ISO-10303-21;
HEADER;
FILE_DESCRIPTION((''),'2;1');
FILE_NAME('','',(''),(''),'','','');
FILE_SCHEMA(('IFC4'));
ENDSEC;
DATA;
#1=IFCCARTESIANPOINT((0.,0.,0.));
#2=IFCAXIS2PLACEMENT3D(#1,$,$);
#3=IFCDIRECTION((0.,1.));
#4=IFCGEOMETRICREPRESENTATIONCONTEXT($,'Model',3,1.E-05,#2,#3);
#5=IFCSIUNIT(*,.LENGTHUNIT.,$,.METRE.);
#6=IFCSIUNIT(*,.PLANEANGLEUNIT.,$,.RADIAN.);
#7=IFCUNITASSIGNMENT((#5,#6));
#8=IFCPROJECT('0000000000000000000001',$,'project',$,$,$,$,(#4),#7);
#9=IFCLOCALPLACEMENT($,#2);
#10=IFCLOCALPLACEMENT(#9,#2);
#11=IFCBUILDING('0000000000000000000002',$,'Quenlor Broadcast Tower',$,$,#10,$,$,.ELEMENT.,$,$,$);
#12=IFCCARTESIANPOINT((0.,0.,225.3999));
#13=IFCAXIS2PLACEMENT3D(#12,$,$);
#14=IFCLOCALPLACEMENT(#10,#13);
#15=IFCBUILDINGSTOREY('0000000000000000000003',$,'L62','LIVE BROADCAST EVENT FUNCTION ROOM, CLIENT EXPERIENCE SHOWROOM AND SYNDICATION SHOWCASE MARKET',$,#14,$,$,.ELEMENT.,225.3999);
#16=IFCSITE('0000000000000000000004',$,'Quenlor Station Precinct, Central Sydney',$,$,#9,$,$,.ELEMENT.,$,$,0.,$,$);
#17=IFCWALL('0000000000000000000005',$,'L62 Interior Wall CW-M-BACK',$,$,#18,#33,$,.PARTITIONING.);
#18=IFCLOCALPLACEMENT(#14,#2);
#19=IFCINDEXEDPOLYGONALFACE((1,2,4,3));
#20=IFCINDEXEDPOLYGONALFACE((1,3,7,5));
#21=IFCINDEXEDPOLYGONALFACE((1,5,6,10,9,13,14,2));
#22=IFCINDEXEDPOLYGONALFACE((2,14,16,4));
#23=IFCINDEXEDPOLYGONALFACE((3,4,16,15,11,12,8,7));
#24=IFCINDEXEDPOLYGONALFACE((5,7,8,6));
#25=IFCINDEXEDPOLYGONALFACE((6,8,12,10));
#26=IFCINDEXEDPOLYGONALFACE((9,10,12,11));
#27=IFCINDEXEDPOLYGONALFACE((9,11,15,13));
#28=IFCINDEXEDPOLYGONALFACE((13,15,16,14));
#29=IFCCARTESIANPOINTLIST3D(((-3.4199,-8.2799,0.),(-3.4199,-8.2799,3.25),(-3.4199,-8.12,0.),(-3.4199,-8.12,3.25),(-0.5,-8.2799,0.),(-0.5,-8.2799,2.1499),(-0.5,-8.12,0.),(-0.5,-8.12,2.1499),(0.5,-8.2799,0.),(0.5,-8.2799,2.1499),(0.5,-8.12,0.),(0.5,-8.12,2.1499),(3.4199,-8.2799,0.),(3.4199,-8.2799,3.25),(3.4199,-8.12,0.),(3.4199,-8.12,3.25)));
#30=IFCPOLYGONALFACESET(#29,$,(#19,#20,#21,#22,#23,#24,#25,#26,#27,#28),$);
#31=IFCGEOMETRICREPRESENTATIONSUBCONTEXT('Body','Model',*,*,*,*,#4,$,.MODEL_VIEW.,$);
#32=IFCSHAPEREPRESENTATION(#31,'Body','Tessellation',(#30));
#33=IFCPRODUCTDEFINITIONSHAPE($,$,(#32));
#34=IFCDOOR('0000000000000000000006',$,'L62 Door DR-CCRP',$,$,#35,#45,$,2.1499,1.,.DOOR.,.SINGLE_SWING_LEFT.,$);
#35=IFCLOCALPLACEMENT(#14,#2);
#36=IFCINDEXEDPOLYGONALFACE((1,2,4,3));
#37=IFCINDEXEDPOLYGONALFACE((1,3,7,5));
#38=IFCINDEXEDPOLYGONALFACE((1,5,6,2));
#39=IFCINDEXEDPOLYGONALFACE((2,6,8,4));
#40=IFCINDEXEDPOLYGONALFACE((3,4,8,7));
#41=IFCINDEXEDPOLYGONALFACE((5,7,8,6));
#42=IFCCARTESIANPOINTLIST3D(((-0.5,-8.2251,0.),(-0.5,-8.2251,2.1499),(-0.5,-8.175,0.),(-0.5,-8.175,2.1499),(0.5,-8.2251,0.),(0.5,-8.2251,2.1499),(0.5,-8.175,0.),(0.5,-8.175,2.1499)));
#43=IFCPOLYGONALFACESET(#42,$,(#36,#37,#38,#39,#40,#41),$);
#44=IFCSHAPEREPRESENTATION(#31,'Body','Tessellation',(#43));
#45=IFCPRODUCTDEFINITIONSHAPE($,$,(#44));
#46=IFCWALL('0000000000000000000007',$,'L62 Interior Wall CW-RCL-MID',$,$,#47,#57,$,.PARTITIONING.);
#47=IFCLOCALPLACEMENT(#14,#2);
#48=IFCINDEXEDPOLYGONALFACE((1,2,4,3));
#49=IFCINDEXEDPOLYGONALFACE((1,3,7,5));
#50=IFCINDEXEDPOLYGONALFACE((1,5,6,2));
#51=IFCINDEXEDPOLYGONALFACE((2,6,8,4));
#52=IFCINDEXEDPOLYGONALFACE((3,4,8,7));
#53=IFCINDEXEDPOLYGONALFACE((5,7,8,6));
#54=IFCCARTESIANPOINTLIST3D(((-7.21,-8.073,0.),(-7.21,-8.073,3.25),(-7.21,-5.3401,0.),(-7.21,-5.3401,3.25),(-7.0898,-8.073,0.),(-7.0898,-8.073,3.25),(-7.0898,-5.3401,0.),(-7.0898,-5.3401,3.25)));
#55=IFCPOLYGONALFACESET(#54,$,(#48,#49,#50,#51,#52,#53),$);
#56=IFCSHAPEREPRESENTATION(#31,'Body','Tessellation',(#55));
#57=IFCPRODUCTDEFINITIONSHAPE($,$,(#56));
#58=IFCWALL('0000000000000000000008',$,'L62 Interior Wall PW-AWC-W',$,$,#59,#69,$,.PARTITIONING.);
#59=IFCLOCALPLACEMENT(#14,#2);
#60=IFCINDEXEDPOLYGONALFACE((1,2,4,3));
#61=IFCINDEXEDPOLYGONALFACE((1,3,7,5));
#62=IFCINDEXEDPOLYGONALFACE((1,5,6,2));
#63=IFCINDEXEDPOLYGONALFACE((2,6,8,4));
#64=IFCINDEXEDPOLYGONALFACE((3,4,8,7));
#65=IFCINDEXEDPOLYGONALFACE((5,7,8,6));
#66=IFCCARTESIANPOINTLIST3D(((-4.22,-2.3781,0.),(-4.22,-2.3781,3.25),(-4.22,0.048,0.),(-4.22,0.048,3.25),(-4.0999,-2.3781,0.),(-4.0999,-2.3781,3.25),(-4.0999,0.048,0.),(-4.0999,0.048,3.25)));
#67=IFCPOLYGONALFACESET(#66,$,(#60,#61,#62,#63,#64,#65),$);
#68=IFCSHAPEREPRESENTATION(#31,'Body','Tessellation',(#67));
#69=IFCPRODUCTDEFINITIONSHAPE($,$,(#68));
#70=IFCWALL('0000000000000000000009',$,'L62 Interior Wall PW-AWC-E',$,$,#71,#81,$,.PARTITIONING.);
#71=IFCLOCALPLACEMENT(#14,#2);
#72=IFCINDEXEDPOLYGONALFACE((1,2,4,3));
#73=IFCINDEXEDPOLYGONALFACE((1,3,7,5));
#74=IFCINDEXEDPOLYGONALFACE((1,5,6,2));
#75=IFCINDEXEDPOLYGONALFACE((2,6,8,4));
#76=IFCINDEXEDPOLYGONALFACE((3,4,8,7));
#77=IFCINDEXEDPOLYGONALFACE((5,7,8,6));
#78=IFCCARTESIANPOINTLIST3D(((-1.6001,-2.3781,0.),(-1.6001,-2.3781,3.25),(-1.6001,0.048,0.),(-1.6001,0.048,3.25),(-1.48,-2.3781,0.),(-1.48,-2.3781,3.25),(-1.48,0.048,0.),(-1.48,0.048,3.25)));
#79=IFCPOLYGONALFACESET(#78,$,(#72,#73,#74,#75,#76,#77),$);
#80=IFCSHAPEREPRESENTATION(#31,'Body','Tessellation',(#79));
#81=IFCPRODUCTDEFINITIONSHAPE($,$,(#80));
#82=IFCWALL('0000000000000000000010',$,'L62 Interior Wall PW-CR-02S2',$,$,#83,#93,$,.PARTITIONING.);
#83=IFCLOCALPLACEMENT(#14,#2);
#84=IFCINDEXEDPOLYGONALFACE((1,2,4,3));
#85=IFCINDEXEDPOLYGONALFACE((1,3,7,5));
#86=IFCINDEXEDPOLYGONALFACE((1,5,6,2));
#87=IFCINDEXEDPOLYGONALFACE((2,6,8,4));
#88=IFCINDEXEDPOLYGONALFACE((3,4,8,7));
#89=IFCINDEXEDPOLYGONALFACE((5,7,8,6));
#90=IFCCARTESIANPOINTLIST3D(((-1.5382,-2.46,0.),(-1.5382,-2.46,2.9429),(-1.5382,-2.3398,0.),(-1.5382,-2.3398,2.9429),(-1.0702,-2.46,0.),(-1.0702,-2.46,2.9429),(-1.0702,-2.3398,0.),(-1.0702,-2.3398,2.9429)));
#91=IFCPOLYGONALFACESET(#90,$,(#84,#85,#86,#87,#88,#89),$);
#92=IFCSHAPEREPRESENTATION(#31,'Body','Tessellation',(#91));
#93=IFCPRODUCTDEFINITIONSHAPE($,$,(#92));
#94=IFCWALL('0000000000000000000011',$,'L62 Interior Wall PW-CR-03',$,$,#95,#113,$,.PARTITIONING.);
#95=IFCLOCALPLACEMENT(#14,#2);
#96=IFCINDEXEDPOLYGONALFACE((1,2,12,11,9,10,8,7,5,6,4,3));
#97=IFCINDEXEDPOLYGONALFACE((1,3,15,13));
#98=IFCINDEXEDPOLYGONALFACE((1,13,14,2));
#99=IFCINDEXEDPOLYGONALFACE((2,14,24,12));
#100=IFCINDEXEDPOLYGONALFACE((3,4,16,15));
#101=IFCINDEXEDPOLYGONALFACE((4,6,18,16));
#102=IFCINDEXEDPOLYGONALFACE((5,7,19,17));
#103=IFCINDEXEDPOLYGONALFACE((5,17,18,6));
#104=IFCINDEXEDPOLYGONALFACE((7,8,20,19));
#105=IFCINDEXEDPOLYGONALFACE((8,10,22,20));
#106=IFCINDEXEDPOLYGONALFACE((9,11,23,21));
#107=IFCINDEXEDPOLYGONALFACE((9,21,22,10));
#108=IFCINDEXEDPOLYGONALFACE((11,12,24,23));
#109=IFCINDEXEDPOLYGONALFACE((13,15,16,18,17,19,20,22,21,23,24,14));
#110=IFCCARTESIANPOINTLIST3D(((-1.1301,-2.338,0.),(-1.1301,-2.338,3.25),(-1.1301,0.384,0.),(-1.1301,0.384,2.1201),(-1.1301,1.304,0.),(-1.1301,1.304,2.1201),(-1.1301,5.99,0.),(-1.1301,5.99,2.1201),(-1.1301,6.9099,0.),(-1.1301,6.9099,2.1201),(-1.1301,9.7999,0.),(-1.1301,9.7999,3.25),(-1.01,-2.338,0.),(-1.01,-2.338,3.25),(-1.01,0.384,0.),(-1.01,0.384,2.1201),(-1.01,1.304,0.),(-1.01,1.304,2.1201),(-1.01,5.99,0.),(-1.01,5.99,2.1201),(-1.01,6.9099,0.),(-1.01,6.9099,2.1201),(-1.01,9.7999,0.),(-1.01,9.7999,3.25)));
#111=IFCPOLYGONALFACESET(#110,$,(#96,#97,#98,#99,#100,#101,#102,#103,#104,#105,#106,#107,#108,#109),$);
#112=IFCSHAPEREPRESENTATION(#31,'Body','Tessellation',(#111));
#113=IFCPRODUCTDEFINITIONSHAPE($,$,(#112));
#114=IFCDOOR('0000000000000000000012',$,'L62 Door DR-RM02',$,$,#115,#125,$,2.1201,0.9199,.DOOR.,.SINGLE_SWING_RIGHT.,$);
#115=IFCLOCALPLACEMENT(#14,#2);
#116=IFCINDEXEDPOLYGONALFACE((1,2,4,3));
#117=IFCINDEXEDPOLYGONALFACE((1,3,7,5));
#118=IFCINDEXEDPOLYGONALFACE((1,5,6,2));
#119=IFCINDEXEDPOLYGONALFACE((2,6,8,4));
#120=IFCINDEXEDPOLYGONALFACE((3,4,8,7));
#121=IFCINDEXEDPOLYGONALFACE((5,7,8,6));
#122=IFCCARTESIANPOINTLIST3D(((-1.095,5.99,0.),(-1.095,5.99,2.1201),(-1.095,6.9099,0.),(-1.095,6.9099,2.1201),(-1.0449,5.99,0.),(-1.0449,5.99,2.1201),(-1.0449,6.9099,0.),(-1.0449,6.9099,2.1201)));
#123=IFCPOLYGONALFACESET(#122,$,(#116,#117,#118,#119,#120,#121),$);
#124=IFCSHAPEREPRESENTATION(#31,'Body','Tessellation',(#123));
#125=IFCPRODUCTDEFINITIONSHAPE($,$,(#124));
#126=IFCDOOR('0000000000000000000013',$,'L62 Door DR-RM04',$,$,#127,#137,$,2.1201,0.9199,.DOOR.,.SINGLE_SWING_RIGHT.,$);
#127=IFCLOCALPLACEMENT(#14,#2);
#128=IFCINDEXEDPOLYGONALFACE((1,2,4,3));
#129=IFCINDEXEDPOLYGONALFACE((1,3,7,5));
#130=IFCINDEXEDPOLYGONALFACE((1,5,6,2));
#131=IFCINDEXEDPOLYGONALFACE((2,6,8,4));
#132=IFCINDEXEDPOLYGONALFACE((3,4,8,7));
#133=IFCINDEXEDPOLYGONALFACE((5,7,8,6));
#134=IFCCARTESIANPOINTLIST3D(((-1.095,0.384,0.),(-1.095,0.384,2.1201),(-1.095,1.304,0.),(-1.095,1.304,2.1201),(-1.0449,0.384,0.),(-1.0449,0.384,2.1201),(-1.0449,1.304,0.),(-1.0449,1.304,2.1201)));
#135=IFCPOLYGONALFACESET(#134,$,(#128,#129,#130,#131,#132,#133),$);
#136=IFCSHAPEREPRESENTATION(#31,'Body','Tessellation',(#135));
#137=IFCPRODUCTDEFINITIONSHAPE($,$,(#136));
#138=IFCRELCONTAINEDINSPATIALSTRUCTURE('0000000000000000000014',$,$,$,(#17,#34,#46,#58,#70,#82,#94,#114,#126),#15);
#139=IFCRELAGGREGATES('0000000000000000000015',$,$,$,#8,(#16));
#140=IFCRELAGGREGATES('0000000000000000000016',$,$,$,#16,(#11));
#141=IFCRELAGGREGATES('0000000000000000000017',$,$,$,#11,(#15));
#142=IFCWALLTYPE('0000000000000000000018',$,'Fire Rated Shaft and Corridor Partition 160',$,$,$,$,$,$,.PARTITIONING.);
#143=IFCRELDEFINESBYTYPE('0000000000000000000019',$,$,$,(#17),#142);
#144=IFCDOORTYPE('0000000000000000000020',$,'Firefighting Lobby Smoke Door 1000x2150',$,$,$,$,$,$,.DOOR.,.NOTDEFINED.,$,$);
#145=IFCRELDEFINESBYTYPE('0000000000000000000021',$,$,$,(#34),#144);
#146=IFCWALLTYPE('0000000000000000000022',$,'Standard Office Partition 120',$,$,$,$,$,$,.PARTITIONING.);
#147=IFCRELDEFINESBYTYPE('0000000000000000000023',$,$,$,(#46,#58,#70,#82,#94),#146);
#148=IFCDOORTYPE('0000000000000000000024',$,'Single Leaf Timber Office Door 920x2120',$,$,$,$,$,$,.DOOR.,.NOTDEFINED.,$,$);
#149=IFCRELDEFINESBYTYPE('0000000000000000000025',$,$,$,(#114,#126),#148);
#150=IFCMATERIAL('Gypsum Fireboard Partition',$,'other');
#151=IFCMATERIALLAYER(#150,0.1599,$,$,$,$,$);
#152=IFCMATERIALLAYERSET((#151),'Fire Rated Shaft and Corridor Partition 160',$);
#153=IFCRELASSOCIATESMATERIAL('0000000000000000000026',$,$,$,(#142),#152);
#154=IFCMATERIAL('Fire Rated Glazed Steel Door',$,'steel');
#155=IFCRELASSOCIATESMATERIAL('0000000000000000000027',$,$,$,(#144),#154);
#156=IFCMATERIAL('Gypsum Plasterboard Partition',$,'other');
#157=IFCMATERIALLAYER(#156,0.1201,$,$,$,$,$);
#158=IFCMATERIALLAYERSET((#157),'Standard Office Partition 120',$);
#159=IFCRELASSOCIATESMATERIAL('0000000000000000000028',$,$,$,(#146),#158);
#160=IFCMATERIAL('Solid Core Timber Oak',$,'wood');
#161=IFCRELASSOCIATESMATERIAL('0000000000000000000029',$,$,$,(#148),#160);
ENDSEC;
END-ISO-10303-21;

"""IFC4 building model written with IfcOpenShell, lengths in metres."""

from ifc_helpers import new_model, si_unit, direction, frame, frame_2d, origin, place, context, subcontext, project, spatial, rectangle, extrude, material, layer, layer_set, type_object, element, fill, save


model = new_model("IFC4")

# Units and contexts
model_context = context("Model", 3, precision=1e-05, world=origin(), true_north=direction((0.0, 1.0)))
body_context = subcontext(model_context, "Body", "Model", "MODEL_VIEW")
ifc_project = project(units=[si_unit("LENGTHUNIT", "METRE"), si_unit("PLANEANGLEUNIT", "RADIAN")], contexts=[model_context])

# Site, building, storey
site_placement = place(None, origin())
site = spatial("IfcSite", under=ifc_project, at=site_placement, Name="Quenlor Station Precinct, Central Sydney", CompositionType="ELEMENT", RefElevation=0.0)
building_placement = place(site_placement, origin())
building = spatial("IfcBuilding", under=site, at=building_placement, Name="Quenlor Broadcast Tower", CompositionType="ELEMENT")
storey_placement = place(building_placement, frame((0.0, 0.0, 225.3999)))
storey = spatial("IfcBuildingStorey", under=building, at=storey_placement, Name="L62", Description="LIVE BROADCAST EVENT FUNCTION ROOM, CLIENT EXPERIENCE SHOWROOM AND SYNDICATION SHOWCASE MARKET", CompositionType="ELEMENT", Elevation=225.3999)

# Wall, opening, door
ifc_material_1 = material(Name="Gypsum Fireboard Partition", Category="other")
ifc_layer_1 = layer(ifc_material_1, 0.1599)
ifc_layer_set_1 = layer_set([ifc_layer_1], Name="Fire Rated Shaft and Corridor Partition 160")
wall_type_1 = type_object("IfcWallType", Name="Fire Rated Shaft and Corridor Partition 160", PredefinedType="PARTITIONING", material=ifc_layer_set_1)
wall_1_placement = place(storey_placement, frame((-3.4199, -8.2, 0.0), z_axis=(0.0, 0.0, 1.0), x_axis=(1.0, 0.0, 0.0)))
wall_1 = element("IfcWall", 1, at=wall_1_placement, inside=storey, type_object=wall_type_1, Name="L62 Interior Wall CW-M-BACK", PredefinedType="PARTITIONING", context=body_context, shape_type="SweptSolid", body=[
    extrude(rectangle(XDim=6.8398, YDim=0.1599, at=frame_2d((3.4199, 0.0))), origin(), (0.0, 0.0, 1.0), 3.25),
])
opening_1_placement = place(wall_1_placement, frame((2.9199, 0.0, 0.0)))
opening_1 = element("IfcOpeningElement", 2, at=opening_1_placement, cuts=wall_1, PredefinedType="OPENING", context=body_context, shape_type="SweptSolid", body=[
    extrude(rectangle(XDim=1.0, YDim=2.1499, at=frame_2d((0.5, 1.075))), frame((0.0, 0.0898, 0.0), z_axis=(0.0, -1.0, 0.0), x_axis=(1.0, 0.0, 0.0)), (0.0, 0.0, 1.0), 0.1799),
])
ifc_material_2 = material(Name="Fire Rated Glazed Steel Door", Category="steel")
door_type_1 = type_object("IfcDoorType", Name="Firefighting Lobby Smoke Door 1000x2150", OperationType="NOTDEFINED", PredefinedType="DOOR", material=ifc_material_2)
door_1_placement = place(opening_1_placement, origin())
door_1 = element("IfcDoor", 3, at=door_1_placement, inside=storey, type_object=door_type_1, Name="L62 Door DR-CCRP", OperationType="SINGLE_SWING_LEFT", OverallHeight=2.1499, OverallWidth=1.0, PredefinedType="DOOR", context=body_context, shape_type="SweptSolid", body=[
    extrude(rectangle(XDim=1.0, YDim=2.1499, at=frame_2d((0.5, 1.075))), frame((0.0, 0.0249, 0.0), z_axis=(0.0, -1.0, 0.0), x_axis=(1.0, 0.0, 0.0)), (0.0, 0.0, 1.0), 0.05),
])
fill(opening_1, door_1)

# Wall
ifc_material_3 = material(Name="Gypsum Plasterboard Partition", Category="other")
ifc_layer_2 = layer(ifc_material_3, 0.1201)
ifc_layer_set_2 = layer_set([ifc_layer_2], Name="Standard Office Partition 120")
wall_type_2 = type_object("IfcWallType", Name="Standard Office Partition 120", PredefinedType="PARTITIONING", material=ifc_layer_set_2)
wall_2_placement = place(storey_placement, frame((-7.1499, -8.073, 0.0), z_axis=(0.0, 0.0, 1.0), x_axis=(0.0, 1.0, 0.0)))
element("IfcWall", 4, at=wall_2_placement, inside=storey, type_object=wall_type_2, Name="L62 Interior Wall CW-RCL-MID", PredefinedType="PARTITIONING", context=body_context, shape_type="SweptSolid", body=[
    extrude(rectangle(XDim=2.7329, YDim=0.1201, at=frame_2d((1.3665, 0.0))), origin(), (0.0, 0.0, 1.0), 3.25),
])

# Shared definitions
ifc_material_4 = material(Name="Solid Core Timber Oak", Category="wood")
door_type_2 = type_object("IfcDoorType", Name="Single Leaf Timber Office Door 920x2120", OperationType="NOTDEFINED", PredefinedType="DOOR", material=ifc_material_4)

# Walls
for number, where, z_axis, x_axis, name in (
    (5, (-4.1599, -2.3779, 0.0), (0.0, 0.0, 1.0), (0.0, 1.0, 0.0), "L62 Interior Wall PW-AWC-W"),
    (6, (-1.54, -2.3779, 0.0), (0.0, 0.0, 1.0), (0.0, 1.0, 0.0), "L62 Interior Wall PW-AWC-E"),
):
    element("IfcWall", number, at=place(storey_placement, frame(where, z_axis=z_axis, x_axis=x_axis)), inside=storey, type_object=wall_type_2, Name=name, PredefinedType="PARTITIONING", context=body_context, shape_type="SweptSolid", body=[
        extrude(rectangle(XDim=2.426, YDim=0.1201, at=frame_2d((1.2129, 0.0))), origin(), (0.0, 0.0, 1.0), 3.25),
    ])
wall_3_placement = place(storey_placement, frame((-1.5381, -2.3999, 0.0), z_axis=(0.0, 0.0, 1.0), x_axis=(1.0, 0.0, 0.0)))
element("IfcWall", 7, at=wall_3_placement, inside=storey, type_object=wall_type_2, Name="L62 Interior Wall PW-CR-02S2", PredefinedType="PARTITIONING", context=body_context, shape_type="SweptSolid", body=[
    extrude(rectangle(XDim=0.468, YDim=0.1201, at=frame_2d((0.2339, 0.0))), origin(), (0.0, 0.0, 1.0), 2.9429),
])

# Wall, openings, doors
wall_4_placement = place(storey_placement, frame((-1.0701, -2.3379, 0.0), z_axis=(0.0, 0.0, 1.0), x_axis=(0.0, 1.0, 0.0)))
wall_4 = element("IfcWall", 8, at=wall_4_placement, inside=storey, type_object=wall_type_2, Name="L62 Interior Wall PW-CR-03", PredefinedType="PARTITIONING", context=body_context, shape_type="SweptSolid", body=[
    extrude(rectangle(XDim=12.1379, YDim=0.1201, at=frame_2d((6.0688, 0.0))), origin(), (0.0, 0.0, 1.0), 3.25),
])
opening_2_placement = place(wall_4_placement, frame((8.3279, 0.0, 0.0)))
opening_2 = element("IfcOpeningElement", 9, at=opening_2_placement, cuts=wall_4, PredefinedType="OPENING", context=body_context, shape_type="SweptSolid", body=[
    extrude(rectangle(XDim=0.9199, YDim=2.1201, at=frame_2d((0.46, 1.0601))), frame((0.0, 0.0701, 0.0), z_axis=(0.0, -1.0, 0.0), x_axis=(1.0, 0.0, 0.0)), (0.0, 0.0, 1.0), 0.1401),
])
opening_3_placement = place(wall_4_placement, frame((2.7219, 0.0, 0.0)))
opening_3 = element("IfcOpeningElement", 10, at=opening_3_placement, cuts=wall_4, PredefinedType="OPENING", context=body_context, shape_type="SweptSolid", body=[
    extrude(rectangle(XDim=0.9199, YDim=2.1201, at=frame_2d((0.46, 1.0601))), frame((0.0, 0.0701, 0.0), z_axis=(0.0, -1.0, 0.0), x_axis=(1.0, 0.0, 0.0)), (0.0, 0.0, 1.0), 0.1401),
])
door_2_placement = place(opening_2_placement, origin())
door_2 = element("IfcDoor", 11, at=door_2_placement, inside=storey, type_object=door_type_2, Name="L62 Door DR-RM02", OperationType="SINGLE_SWING_RIGHT", OverallHeight=2.1201, OverallWidth=0.9199, PredefinedType="DOOR", context=body_context, shape_type="SweptSolid", body=[
    extrude(rectangle(XDim=0.9199, YDim=2.1201, at=frame_2d((0.46, 1.0601))), frame((0.0, 0.0249, 0.0), z_axis=(0.0, -1.0, 0.0), x_axis=(1.0, 0.0, 0.0)), (0.0, 0.0, 1.0), 0.05),
])
fill(opening_2, door_2)
door_3_placement = place(opening_3_placement, origin())
door_3 = element("IfcDoor", 12, at=door_3_placement, inside=storey, type_object=door_type_2, Name="L62 Door DR-RM04", OperationType="SINGLE_SWING_RIGHT", OverallHeight=2.1201, OverallWidth=0.9199, PredefinedType="DOOR", context=body_context, shape_type="SweptSolid", body=[
    extrude(rectangle(XDim=0.9199, YDim=2.1201, at=frame_2d((0.46, 1.0601))), frame((0.0, 0.0249, 0.0), z_axis=(0.0, -1.0, 0.0), x_axis=(1.0, 0.0, 0.0)), (0.0, 0.0, 1.0), 0.05),
])
fill(opening_3, door_3)

save(model, "model.ifc")
